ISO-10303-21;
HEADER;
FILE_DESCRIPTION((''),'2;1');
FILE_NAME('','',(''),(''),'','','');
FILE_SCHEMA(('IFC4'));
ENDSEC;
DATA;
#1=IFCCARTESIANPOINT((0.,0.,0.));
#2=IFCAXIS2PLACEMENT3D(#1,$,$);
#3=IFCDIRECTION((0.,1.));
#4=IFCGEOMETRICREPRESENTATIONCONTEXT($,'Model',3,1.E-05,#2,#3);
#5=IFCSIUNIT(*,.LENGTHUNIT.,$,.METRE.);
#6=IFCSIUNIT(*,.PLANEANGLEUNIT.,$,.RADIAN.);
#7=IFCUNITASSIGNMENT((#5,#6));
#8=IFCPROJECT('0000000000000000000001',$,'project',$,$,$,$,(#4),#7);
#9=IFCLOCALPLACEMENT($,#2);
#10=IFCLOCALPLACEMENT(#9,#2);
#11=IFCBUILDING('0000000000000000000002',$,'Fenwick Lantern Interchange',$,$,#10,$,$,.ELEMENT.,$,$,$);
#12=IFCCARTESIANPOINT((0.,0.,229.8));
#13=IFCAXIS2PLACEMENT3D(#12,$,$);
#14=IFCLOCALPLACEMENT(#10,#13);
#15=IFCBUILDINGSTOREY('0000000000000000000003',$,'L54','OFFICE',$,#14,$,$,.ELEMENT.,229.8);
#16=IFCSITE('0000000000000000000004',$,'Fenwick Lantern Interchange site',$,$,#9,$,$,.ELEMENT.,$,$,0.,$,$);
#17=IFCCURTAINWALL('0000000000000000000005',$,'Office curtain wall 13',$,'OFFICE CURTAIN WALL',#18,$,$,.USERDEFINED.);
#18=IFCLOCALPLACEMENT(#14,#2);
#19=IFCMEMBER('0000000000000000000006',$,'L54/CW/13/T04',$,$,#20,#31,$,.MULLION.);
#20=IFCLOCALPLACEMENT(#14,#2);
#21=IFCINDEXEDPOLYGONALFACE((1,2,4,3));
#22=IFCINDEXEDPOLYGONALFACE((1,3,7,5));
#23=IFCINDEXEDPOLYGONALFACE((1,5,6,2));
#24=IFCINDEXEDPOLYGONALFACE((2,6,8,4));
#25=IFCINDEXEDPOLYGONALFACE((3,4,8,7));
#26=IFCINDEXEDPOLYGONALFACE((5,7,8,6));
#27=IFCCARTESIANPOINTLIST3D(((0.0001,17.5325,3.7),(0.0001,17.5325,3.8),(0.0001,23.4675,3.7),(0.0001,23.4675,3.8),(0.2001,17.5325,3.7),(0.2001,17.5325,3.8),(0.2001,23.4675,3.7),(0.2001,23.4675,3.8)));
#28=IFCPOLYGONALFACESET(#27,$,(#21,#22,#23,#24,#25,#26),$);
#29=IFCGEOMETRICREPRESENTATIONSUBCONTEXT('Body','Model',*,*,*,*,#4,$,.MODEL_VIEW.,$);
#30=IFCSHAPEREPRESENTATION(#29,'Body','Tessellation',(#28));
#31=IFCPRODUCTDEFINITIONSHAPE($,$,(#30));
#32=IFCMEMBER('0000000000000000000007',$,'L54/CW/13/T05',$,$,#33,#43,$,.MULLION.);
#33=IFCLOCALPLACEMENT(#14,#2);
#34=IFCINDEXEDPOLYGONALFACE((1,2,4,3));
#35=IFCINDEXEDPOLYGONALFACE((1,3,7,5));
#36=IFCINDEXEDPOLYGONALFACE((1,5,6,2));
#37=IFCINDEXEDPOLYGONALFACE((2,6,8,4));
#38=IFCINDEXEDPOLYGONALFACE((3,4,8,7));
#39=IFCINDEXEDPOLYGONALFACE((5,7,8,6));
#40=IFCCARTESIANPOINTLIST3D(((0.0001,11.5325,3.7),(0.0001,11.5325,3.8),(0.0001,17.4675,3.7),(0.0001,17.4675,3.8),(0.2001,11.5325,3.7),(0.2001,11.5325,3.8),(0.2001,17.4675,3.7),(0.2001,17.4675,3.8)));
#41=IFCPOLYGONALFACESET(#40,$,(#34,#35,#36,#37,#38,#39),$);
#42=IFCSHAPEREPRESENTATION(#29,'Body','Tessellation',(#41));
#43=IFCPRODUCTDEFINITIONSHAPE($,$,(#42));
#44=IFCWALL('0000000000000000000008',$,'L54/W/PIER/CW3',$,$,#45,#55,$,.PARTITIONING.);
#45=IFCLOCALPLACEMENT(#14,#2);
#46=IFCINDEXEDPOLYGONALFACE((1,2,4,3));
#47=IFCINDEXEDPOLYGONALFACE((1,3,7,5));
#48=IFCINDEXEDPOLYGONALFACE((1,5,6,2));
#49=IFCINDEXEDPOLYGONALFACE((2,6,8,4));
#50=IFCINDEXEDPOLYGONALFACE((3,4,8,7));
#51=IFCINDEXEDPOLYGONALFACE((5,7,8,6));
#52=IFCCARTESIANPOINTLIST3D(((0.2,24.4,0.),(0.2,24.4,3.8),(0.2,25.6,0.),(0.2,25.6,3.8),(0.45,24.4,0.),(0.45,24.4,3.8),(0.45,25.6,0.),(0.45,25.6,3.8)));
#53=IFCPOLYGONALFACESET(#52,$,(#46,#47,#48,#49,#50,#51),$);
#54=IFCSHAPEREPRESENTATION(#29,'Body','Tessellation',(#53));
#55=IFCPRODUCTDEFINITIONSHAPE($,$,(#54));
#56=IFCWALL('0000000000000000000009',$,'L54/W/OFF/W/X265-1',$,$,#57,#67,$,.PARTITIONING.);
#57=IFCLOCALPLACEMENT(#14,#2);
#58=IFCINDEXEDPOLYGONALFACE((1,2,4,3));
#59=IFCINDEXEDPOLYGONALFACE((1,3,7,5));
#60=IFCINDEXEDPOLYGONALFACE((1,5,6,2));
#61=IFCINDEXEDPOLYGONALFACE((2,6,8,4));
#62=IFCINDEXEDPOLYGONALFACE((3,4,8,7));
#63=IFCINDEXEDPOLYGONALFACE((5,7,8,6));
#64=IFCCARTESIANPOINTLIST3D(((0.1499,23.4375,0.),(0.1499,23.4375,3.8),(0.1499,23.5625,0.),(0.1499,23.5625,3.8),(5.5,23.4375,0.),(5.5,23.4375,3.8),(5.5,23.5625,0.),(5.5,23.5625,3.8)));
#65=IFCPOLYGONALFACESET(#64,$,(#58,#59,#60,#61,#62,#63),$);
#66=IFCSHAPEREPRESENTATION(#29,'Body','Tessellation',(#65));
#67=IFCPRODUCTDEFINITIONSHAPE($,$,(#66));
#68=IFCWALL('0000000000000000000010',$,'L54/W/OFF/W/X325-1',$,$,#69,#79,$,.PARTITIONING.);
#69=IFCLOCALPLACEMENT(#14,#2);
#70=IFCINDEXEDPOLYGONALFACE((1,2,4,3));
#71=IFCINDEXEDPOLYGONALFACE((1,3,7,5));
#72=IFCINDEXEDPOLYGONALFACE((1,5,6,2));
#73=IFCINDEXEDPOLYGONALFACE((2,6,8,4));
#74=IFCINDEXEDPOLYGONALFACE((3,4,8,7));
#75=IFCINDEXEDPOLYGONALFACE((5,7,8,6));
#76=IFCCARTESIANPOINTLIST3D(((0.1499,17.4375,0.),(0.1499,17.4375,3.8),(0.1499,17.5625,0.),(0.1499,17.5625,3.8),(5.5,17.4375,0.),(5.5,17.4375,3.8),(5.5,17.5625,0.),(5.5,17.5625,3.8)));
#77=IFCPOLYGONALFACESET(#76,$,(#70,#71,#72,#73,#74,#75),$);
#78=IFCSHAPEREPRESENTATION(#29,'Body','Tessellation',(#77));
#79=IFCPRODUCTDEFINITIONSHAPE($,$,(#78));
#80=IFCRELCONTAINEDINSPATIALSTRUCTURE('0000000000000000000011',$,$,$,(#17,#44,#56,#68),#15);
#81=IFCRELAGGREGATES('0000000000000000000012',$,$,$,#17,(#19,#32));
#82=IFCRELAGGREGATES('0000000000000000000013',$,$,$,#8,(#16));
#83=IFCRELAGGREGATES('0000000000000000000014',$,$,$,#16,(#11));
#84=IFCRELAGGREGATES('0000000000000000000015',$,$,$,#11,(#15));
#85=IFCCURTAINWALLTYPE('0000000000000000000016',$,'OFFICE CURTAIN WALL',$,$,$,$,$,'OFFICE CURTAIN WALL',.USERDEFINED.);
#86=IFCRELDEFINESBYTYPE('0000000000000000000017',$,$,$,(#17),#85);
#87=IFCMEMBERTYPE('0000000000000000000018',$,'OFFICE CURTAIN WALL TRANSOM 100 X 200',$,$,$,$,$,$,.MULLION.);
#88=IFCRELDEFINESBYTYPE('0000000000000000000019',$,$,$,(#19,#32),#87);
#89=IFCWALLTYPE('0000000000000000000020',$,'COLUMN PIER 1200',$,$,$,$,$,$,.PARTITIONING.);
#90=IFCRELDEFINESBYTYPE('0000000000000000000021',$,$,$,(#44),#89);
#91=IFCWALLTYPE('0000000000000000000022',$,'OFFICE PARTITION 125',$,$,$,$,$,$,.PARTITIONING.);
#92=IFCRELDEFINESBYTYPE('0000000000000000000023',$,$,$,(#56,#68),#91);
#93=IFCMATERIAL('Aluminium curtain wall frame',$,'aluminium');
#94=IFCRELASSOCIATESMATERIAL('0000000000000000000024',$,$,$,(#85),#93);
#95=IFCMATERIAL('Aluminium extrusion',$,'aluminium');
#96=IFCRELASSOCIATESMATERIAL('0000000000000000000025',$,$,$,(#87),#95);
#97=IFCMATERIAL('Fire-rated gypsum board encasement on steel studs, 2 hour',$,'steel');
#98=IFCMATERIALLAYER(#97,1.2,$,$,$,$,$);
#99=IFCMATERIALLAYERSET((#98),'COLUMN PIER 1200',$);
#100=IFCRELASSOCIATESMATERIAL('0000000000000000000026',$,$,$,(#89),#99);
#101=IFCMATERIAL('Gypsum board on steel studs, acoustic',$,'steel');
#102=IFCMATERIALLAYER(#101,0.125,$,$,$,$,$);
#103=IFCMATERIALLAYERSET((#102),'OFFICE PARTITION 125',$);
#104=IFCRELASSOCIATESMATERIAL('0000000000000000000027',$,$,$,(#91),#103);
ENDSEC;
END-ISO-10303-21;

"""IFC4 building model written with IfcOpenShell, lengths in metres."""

from ifc_helpers import new_model, si_unit, direction, frame, frame_2d, origin, origin_2d, place, context, subcontext, project, spatial, rectangle, extrude, material, layer, layer_set, material_profile, profile_set, type_object, element, aggregate, save


model = new_model("IFC4")

# Units and contexts
model_context = context("Model", 3, precision=1e-05, world=origin(), true_north=direction((0.0, 1.0)))
body_context = subcontext(model_context, "Body", "Model", "MODEL_VIEW")
ifc_project = project(units=[si_unit("LENGTHUNIT", "METRE"), si_unit("PLANEANGLEUNIT", "RADIAN")], contexts=[model_context])

# Site, building, storey
site_placement = place(None, origin())
site = spatial("IfcSite", under=ifc_project, at=site_placement, Name="Fenwick Lantern Interchange site", CompositionType="ELEMENT", RefElevation=0.0)
building_placement = place(site_placement, origin())
building = spatial("IfcBuilding", under=site, at=building_placement, Name="Fenwick Lantern Interchange", CompositionType="ELEMENT")
storey_placement = place(building_placement, frame((0.0, 0.0, 229.8)))
storey = spatial("IfcBuildingStorey", under=building, at=storey_placement, Name="L54", Description="OFFICE", CompositionType="ELEMENT", Elevation=229.8)

# Curtain wall, members
ifc_material_1 = material(Name="Aluminium curtain wall frame", Category="aluminium")
curtain_wall_type = type_object("IfcCurtainWallType", Name="OFFICE CURTAIN WALL", ElementType="OFFICE CURTAIN WALL", PredefinedType="USERDEFINED", material=ifc_material_1)
curtain_wall_placement = place(storey_placement, origin())
curtain_wall = element("IfcCurtainWall", 1, at=curtain_wall_placement, inside=storey, type_object=curtain_wall_type, Name="Office curtain wall 13", ObjectType="OFFICE CURTAIN WALL", PredefinedType="USERDEFINED")
ifc_material_2 = material(Name="Aluminium extrusion", Category="aluminium")
ifc_material_profile_1 = material_profile(ifc_material_2, rectangle(XDim=0.2, YDim=0.1001, at=origin_2d()), Name="OFFICE CURTAIN WALL TRANSOM 100 X 200")
ifc_profile_set_1 = profile_set([ifc_material_profile_1], Name="Aluminium extrusion")
member_type_1 = type_object("IfcMemberType", Name="OFFICE CURTAIN WALL TRANSOM 100 X 200", PredefinedType="MULLION", material=ifc_profile_set_1)
member_1_placement = place(storey_placement, frame((0.1001, 23.4675, 3.75), z_axis=(0.0, -1.0, 0.0), x_axis=(1.0, 0.0, 0.0)))
member_1 = element("IfcMember", 2, at=member_1_placement, type_object=member_type_1, Name="L54/CW/13/T04", PredefinedType="MULLION", context=body_context, shape_type="SweptSolid", body=[
    extrude(rectangle(XDim=0.2, YDim=0.1001, at=origin_2d()), origin(), (0.0, 0.0, 1.0), 5.9351),
])
member_2_placement = place(storey_placement, frame((0.1001, 17.4675, 3.75), z_axis=(0.0, -1.0, 0.0), x_axis=(1.0, 0.0, 0.0)))
member_2 = element("IfcMember", 3, at=member_2_placement, type_object=member_type_1, Name="L54/CW/13/T05", PredefinedType="MULLION", context=body_context, shape_type="SweptSolid", body=[
    extrude(rectangle(XDim=0.2, YDim=0.1001, at=origin_2d()), origin(), (0.0, 0.0, 1.0), 5.9351),
])
aggregate(curtain_wall, [member_1, member_2])

# Walls
ifc_material_3 = material(Name="Fire-rated gypsum board encasement on steel studs, 2 hour", Category="steel")
ifc_layer_1 = layer(ifc_material_3, 1.2)
ifc_layer_set_1 = layer_set([ifc_layer_1], Name="COLUMN PIER 1200")
wall_type_1 = type_object("IfcWallType", Name="COLUMN PIER 1200", PredefinedType="PARTITIONING", material=ifc_layer_set_1)
wall_placement = place(storey_placement, frame((0.2, 25.0, 0.0), z_axis=(0.0, 0.0, 1.0), x_axis=(1.0, 0.0, 0.0)))
element("IfcWall", 4, at=wall_placement, inside=storey, type_object=wall_type_1, Name="L54/W/PIER/CW3", PredefinedType="PARTITIONING", context=body_context, shape_type="SweptSolid", body=[
    extrude(rectangle(XDim=0.25, YDim=1.2, at=frame_2d((0.125, 0.0))), origin(), (0.0, 0.0, 1.0), 3.8),
])
ifc_material_4 = material(Name="Gypsum board on steel studs, acoustic", Category="steel")
ifc_layer_2 = layer(ifc_material_4, 0.125)
ifc_layer_set_2 = layer_set([ifc_layer_2], Name="OFFICE PARTITION 125")
wall_type_2 = type_object("IfcWallType", Name="OFFICE PARTITION 125", PredefinedType="PARTITIONING", material=ifc_layer_set_2)
for number, where, z_axis, x_axis, name in (
    (5, (0.1499, 23.5, 0.0), (0.0, 0.0, 1.0), (1.0, 0.0, 0.0), "L54/W/OFF/W/X265-1"),
    (6, (0.1499, 17.5, 0.0), (0.0, 0.0, 1.0), (1.0, 0.0, 0.0), "L54/W/OFF/W/X325-1"),
):
    element("IfcWall", number, at=place(storey_placement, frame(where, z_axis=z_axis, x_axis=x_axis)), inside=storey, type_object=wall_type_2, Name=name, PredefinedType="PARTITIONING", context=body_context, shape_type="SweptSolid", body=[
        extrude(rectangle(XDim=5.3501, YDim=0.125, at=frame_2d((2.675, 0.0))), origin(), (0.0, 0.0, 1.0), 3.8),
    ])

save(model, "model.ifc")
